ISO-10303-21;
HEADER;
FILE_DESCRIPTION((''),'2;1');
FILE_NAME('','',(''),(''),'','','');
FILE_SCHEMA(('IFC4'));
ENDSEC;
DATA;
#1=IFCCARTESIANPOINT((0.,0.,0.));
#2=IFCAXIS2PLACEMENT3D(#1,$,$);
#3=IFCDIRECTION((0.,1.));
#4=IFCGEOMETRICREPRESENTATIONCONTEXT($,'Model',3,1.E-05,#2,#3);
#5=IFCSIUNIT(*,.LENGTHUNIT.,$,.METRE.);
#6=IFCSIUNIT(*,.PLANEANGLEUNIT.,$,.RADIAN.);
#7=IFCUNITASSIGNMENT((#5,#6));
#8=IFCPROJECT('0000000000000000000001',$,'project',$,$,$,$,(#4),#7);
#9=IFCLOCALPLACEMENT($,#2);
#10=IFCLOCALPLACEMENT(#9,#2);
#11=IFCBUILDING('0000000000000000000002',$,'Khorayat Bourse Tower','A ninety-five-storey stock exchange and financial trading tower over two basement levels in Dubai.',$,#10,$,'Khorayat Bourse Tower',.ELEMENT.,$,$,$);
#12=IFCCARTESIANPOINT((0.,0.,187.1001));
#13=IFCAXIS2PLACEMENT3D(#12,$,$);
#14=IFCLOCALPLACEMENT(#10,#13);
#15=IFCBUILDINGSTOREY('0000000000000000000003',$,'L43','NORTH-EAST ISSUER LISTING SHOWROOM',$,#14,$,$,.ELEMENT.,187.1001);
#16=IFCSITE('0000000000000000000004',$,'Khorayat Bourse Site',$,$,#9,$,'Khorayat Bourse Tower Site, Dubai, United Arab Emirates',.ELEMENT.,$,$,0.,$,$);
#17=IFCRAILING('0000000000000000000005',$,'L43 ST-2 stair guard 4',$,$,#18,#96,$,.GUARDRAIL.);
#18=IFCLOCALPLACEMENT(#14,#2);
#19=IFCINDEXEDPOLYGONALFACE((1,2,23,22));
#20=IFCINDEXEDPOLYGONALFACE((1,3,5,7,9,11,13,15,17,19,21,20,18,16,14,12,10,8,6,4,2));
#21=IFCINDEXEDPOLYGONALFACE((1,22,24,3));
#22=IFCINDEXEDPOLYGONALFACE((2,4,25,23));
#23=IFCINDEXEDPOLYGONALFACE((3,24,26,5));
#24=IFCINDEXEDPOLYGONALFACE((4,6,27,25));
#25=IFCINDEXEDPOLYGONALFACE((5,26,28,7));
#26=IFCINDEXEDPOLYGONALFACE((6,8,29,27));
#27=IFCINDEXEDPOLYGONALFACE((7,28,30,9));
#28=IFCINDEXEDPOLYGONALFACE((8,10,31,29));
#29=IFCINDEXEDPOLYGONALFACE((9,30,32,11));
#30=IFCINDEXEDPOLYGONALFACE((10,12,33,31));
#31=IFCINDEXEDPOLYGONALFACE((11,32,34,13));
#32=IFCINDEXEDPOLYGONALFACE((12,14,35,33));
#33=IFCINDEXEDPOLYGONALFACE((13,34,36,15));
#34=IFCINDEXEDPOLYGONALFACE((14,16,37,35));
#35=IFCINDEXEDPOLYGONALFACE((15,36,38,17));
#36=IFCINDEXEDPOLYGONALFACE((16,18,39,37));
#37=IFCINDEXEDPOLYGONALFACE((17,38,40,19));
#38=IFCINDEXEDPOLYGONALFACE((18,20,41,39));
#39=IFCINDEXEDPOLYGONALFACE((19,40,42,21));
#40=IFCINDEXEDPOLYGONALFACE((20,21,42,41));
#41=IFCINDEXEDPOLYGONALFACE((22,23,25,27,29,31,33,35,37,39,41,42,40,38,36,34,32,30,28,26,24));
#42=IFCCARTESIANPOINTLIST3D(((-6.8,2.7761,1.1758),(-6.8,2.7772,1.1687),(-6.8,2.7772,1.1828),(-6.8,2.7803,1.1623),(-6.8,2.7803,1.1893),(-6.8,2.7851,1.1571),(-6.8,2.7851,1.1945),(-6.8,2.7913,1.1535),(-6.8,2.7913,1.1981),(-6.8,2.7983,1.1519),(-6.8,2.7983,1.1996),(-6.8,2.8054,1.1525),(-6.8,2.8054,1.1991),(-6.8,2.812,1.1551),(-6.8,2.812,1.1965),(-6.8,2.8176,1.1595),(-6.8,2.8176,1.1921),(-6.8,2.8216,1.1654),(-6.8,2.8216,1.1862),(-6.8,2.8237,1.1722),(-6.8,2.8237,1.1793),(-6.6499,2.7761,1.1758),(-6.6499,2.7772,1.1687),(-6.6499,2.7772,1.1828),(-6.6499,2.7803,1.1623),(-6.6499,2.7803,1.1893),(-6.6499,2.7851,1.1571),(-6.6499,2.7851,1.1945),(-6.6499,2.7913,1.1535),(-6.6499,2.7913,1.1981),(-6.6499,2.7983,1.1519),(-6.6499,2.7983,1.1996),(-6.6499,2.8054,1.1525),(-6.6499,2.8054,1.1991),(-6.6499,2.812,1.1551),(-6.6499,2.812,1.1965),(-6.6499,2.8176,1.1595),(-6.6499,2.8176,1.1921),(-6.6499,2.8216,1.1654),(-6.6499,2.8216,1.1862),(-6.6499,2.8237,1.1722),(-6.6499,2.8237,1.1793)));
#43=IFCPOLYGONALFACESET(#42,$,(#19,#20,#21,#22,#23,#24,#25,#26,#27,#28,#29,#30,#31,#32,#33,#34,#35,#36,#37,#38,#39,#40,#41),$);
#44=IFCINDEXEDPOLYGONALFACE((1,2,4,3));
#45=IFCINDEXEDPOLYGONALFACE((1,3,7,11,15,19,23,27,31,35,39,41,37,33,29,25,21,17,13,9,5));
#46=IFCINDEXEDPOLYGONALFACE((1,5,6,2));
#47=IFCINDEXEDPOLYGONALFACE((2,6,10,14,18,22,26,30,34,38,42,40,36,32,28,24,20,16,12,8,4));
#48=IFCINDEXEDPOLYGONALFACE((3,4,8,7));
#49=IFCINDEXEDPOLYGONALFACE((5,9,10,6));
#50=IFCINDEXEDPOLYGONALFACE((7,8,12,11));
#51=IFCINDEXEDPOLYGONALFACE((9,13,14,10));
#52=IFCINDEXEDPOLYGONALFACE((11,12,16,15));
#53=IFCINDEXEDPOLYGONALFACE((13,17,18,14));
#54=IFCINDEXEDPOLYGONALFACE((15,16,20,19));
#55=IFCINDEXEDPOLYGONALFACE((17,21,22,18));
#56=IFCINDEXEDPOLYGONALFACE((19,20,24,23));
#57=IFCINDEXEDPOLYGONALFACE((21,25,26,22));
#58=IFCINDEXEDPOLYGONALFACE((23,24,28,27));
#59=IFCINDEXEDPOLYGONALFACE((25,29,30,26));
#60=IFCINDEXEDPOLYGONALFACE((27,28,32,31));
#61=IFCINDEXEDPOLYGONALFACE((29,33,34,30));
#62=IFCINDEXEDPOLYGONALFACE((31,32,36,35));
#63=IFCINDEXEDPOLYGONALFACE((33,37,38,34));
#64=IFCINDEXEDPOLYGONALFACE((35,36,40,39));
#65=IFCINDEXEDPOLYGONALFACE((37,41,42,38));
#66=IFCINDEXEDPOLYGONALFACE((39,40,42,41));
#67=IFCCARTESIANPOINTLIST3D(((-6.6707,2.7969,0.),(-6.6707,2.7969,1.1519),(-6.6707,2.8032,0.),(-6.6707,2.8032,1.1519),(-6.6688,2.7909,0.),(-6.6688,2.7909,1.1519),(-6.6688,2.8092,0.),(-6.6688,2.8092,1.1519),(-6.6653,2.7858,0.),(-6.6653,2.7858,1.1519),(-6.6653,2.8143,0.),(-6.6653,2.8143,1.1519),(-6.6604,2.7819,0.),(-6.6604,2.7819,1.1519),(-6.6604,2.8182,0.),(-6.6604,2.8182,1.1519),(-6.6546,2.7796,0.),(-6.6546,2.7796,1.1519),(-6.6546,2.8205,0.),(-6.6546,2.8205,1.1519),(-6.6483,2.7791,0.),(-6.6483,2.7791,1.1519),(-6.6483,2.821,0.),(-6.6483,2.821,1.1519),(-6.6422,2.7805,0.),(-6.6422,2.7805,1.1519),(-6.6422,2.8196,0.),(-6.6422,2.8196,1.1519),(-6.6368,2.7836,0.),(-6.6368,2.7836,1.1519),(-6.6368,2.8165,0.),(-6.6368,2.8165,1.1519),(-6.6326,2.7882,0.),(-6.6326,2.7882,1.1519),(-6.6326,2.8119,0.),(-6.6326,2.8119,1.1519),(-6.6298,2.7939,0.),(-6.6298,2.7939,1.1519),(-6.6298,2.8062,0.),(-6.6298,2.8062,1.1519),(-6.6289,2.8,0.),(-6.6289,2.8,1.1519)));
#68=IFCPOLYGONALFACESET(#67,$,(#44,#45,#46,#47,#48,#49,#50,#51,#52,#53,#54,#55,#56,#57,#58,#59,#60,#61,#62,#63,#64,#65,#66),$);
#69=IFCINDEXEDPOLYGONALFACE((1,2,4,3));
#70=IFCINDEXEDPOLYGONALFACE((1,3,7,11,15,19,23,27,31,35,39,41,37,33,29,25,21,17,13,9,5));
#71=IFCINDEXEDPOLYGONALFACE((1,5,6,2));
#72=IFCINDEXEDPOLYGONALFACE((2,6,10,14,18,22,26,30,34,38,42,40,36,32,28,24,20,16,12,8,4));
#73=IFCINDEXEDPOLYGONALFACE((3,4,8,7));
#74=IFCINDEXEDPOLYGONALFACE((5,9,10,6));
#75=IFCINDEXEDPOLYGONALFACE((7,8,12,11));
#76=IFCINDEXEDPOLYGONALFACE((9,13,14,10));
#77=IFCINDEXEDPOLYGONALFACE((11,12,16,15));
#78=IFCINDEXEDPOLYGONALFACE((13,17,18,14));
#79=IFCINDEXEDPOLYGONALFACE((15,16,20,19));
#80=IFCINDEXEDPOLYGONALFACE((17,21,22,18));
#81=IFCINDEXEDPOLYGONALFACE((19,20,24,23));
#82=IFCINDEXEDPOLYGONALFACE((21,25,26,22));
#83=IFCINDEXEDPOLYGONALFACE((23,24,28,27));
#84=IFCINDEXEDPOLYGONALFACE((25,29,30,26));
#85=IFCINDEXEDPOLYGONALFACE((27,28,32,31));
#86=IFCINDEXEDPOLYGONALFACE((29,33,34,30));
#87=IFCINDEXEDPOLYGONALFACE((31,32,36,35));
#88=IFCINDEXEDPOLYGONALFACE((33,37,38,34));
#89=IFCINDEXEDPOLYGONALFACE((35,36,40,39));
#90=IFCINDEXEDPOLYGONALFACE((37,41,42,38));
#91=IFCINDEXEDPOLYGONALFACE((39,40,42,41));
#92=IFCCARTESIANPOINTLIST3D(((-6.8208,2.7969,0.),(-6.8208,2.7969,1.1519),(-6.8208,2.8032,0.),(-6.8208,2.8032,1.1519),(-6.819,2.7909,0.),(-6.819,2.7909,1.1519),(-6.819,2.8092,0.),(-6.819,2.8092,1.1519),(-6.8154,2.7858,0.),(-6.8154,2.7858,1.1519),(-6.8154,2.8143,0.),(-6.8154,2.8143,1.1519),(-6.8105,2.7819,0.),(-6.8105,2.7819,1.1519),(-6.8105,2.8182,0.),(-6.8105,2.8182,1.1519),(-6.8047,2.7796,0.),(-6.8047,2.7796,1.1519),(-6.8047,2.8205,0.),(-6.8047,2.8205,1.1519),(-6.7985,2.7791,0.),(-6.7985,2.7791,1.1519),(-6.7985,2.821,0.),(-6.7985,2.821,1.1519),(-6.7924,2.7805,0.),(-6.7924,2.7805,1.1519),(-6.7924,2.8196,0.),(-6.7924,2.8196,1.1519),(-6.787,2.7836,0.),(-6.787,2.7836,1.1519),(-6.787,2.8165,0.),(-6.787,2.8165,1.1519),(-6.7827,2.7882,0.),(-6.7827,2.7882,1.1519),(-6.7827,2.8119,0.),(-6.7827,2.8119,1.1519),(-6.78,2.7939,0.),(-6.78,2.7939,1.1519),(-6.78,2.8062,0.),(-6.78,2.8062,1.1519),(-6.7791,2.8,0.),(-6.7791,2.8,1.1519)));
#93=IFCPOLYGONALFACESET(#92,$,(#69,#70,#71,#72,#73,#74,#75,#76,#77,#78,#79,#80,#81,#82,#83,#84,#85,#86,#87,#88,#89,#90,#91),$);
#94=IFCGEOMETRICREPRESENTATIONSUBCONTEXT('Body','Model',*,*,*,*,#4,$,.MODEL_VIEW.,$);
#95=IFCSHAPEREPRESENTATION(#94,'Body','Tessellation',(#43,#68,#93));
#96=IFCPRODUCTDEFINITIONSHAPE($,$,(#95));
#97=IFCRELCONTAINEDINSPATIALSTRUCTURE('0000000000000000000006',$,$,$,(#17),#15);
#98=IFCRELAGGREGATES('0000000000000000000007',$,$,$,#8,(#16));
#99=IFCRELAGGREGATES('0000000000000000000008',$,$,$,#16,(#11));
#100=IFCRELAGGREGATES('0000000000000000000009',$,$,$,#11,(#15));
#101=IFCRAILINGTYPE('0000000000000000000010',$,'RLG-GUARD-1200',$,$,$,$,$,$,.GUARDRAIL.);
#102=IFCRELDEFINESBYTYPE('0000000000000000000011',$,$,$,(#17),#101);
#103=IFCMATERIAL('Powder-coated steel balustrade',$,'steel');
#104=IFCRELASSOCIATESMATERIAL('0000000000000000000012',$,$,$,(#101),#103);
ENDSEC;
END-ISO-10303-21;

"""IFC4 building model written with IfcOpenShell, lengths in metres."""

from ifc_helpers import new_model, si_unit, direction, frame, origin, origin_2d, place, context, subcontext, project, spatial, circle, extrude, source, transform, mapped, material, type_object, element, save


model = new_model("IFC4")

# Units and contexts
model_context = context("Model", 3, precision=1e-05, world=origin(), true_north=direction((0.0, 1.0)))
body_context = subcontext(model_context, "Body", "Model", "MODEL_VIEW")
ifc_project = project(units=[si_unit("LENGTHUNIT", "METRE"), si_unit("PLANEANGLEUNIT", "RADIAN")], contexts=[model_context])

# Site, building, storey
site_placement = place(None, origin())
site = spatial("IfcSite", under=ifc_project, at=site_placement, Name="Khorayat Bourse Site", LongName="Khorayat Bourse Tower Site, Dubai, United Arab Emirates", CompositionType="ELEMENT", RefElevation=0.0)
building_placement = place(site_placement, origin())
building = spatial("IfcBuilding", under=site, at=building_placement, Name="Khorayat Bourse Tower", Description="A ninety-five-storey stock exchange and financial trading tower over two basement levels in Dubai.", LongName="Khorayat Bourse Tower", CompositionType="ELEMENT")
storey_placement = place(building_placement, frame((0.0, 0.0, 187.1001)))
storey = spatial("IfcBuildingStorey", under=building, at=storey_placement, Name="L43", Description="NORTH-EAST ISSUER LISTING SHOWROOM", CompositionType="ELEMENT", Elevation=187.1001)

# Railing
ifc_material_1 = material(Name="Powder-coated steel balustrade", Category="steel")
railing_type_1 = type_object("IfcRailingType", Name="RLG-GUARD-1200", PredefinedType="GUARDRAIL", material=ifc_material_1)
shared_shape_1 = source(origin(), body_context, "Body", "SweptSolid", [
    extrude(circle(Radius=0.0239, at=origin_2d()), frame((0.0, 0.0, 1.1758), z_axis=(-1.0, 0.0, 0.0), x_axis=(0.0, -1.0, 0.0)), (0.0, 0.0, 1.0), 0.1501),
    extrude(circle(Radius=0.021, at=origin_2d()), origin(), (0.0, 0.0, 1.0), 1.1519),
    extrude(circle(Radius=0.021, at=origin_2d()), frame((-0.1501, 0.0, 0.0)), (0.0, 0.0, 1.0), 1.1519),
])
for number, where, name in (
    (1, (-6.6499, 2.8, 0.0), "L43 ST-2 stair guard 4"),
):
    element("IfcRailing", number, at=place(storey_placement, frame(where)), inside=storey, type_object=railing_type_1, Name=name, PredefinedType="GUARDRAIL", context=body_context, shape_type="MappedRepresentation", body=[
        mapped(shared_shape_1, transform((0.0, 0.0, 0.0), scale=1.0)),
    ])

save(model, "model.ifc")
